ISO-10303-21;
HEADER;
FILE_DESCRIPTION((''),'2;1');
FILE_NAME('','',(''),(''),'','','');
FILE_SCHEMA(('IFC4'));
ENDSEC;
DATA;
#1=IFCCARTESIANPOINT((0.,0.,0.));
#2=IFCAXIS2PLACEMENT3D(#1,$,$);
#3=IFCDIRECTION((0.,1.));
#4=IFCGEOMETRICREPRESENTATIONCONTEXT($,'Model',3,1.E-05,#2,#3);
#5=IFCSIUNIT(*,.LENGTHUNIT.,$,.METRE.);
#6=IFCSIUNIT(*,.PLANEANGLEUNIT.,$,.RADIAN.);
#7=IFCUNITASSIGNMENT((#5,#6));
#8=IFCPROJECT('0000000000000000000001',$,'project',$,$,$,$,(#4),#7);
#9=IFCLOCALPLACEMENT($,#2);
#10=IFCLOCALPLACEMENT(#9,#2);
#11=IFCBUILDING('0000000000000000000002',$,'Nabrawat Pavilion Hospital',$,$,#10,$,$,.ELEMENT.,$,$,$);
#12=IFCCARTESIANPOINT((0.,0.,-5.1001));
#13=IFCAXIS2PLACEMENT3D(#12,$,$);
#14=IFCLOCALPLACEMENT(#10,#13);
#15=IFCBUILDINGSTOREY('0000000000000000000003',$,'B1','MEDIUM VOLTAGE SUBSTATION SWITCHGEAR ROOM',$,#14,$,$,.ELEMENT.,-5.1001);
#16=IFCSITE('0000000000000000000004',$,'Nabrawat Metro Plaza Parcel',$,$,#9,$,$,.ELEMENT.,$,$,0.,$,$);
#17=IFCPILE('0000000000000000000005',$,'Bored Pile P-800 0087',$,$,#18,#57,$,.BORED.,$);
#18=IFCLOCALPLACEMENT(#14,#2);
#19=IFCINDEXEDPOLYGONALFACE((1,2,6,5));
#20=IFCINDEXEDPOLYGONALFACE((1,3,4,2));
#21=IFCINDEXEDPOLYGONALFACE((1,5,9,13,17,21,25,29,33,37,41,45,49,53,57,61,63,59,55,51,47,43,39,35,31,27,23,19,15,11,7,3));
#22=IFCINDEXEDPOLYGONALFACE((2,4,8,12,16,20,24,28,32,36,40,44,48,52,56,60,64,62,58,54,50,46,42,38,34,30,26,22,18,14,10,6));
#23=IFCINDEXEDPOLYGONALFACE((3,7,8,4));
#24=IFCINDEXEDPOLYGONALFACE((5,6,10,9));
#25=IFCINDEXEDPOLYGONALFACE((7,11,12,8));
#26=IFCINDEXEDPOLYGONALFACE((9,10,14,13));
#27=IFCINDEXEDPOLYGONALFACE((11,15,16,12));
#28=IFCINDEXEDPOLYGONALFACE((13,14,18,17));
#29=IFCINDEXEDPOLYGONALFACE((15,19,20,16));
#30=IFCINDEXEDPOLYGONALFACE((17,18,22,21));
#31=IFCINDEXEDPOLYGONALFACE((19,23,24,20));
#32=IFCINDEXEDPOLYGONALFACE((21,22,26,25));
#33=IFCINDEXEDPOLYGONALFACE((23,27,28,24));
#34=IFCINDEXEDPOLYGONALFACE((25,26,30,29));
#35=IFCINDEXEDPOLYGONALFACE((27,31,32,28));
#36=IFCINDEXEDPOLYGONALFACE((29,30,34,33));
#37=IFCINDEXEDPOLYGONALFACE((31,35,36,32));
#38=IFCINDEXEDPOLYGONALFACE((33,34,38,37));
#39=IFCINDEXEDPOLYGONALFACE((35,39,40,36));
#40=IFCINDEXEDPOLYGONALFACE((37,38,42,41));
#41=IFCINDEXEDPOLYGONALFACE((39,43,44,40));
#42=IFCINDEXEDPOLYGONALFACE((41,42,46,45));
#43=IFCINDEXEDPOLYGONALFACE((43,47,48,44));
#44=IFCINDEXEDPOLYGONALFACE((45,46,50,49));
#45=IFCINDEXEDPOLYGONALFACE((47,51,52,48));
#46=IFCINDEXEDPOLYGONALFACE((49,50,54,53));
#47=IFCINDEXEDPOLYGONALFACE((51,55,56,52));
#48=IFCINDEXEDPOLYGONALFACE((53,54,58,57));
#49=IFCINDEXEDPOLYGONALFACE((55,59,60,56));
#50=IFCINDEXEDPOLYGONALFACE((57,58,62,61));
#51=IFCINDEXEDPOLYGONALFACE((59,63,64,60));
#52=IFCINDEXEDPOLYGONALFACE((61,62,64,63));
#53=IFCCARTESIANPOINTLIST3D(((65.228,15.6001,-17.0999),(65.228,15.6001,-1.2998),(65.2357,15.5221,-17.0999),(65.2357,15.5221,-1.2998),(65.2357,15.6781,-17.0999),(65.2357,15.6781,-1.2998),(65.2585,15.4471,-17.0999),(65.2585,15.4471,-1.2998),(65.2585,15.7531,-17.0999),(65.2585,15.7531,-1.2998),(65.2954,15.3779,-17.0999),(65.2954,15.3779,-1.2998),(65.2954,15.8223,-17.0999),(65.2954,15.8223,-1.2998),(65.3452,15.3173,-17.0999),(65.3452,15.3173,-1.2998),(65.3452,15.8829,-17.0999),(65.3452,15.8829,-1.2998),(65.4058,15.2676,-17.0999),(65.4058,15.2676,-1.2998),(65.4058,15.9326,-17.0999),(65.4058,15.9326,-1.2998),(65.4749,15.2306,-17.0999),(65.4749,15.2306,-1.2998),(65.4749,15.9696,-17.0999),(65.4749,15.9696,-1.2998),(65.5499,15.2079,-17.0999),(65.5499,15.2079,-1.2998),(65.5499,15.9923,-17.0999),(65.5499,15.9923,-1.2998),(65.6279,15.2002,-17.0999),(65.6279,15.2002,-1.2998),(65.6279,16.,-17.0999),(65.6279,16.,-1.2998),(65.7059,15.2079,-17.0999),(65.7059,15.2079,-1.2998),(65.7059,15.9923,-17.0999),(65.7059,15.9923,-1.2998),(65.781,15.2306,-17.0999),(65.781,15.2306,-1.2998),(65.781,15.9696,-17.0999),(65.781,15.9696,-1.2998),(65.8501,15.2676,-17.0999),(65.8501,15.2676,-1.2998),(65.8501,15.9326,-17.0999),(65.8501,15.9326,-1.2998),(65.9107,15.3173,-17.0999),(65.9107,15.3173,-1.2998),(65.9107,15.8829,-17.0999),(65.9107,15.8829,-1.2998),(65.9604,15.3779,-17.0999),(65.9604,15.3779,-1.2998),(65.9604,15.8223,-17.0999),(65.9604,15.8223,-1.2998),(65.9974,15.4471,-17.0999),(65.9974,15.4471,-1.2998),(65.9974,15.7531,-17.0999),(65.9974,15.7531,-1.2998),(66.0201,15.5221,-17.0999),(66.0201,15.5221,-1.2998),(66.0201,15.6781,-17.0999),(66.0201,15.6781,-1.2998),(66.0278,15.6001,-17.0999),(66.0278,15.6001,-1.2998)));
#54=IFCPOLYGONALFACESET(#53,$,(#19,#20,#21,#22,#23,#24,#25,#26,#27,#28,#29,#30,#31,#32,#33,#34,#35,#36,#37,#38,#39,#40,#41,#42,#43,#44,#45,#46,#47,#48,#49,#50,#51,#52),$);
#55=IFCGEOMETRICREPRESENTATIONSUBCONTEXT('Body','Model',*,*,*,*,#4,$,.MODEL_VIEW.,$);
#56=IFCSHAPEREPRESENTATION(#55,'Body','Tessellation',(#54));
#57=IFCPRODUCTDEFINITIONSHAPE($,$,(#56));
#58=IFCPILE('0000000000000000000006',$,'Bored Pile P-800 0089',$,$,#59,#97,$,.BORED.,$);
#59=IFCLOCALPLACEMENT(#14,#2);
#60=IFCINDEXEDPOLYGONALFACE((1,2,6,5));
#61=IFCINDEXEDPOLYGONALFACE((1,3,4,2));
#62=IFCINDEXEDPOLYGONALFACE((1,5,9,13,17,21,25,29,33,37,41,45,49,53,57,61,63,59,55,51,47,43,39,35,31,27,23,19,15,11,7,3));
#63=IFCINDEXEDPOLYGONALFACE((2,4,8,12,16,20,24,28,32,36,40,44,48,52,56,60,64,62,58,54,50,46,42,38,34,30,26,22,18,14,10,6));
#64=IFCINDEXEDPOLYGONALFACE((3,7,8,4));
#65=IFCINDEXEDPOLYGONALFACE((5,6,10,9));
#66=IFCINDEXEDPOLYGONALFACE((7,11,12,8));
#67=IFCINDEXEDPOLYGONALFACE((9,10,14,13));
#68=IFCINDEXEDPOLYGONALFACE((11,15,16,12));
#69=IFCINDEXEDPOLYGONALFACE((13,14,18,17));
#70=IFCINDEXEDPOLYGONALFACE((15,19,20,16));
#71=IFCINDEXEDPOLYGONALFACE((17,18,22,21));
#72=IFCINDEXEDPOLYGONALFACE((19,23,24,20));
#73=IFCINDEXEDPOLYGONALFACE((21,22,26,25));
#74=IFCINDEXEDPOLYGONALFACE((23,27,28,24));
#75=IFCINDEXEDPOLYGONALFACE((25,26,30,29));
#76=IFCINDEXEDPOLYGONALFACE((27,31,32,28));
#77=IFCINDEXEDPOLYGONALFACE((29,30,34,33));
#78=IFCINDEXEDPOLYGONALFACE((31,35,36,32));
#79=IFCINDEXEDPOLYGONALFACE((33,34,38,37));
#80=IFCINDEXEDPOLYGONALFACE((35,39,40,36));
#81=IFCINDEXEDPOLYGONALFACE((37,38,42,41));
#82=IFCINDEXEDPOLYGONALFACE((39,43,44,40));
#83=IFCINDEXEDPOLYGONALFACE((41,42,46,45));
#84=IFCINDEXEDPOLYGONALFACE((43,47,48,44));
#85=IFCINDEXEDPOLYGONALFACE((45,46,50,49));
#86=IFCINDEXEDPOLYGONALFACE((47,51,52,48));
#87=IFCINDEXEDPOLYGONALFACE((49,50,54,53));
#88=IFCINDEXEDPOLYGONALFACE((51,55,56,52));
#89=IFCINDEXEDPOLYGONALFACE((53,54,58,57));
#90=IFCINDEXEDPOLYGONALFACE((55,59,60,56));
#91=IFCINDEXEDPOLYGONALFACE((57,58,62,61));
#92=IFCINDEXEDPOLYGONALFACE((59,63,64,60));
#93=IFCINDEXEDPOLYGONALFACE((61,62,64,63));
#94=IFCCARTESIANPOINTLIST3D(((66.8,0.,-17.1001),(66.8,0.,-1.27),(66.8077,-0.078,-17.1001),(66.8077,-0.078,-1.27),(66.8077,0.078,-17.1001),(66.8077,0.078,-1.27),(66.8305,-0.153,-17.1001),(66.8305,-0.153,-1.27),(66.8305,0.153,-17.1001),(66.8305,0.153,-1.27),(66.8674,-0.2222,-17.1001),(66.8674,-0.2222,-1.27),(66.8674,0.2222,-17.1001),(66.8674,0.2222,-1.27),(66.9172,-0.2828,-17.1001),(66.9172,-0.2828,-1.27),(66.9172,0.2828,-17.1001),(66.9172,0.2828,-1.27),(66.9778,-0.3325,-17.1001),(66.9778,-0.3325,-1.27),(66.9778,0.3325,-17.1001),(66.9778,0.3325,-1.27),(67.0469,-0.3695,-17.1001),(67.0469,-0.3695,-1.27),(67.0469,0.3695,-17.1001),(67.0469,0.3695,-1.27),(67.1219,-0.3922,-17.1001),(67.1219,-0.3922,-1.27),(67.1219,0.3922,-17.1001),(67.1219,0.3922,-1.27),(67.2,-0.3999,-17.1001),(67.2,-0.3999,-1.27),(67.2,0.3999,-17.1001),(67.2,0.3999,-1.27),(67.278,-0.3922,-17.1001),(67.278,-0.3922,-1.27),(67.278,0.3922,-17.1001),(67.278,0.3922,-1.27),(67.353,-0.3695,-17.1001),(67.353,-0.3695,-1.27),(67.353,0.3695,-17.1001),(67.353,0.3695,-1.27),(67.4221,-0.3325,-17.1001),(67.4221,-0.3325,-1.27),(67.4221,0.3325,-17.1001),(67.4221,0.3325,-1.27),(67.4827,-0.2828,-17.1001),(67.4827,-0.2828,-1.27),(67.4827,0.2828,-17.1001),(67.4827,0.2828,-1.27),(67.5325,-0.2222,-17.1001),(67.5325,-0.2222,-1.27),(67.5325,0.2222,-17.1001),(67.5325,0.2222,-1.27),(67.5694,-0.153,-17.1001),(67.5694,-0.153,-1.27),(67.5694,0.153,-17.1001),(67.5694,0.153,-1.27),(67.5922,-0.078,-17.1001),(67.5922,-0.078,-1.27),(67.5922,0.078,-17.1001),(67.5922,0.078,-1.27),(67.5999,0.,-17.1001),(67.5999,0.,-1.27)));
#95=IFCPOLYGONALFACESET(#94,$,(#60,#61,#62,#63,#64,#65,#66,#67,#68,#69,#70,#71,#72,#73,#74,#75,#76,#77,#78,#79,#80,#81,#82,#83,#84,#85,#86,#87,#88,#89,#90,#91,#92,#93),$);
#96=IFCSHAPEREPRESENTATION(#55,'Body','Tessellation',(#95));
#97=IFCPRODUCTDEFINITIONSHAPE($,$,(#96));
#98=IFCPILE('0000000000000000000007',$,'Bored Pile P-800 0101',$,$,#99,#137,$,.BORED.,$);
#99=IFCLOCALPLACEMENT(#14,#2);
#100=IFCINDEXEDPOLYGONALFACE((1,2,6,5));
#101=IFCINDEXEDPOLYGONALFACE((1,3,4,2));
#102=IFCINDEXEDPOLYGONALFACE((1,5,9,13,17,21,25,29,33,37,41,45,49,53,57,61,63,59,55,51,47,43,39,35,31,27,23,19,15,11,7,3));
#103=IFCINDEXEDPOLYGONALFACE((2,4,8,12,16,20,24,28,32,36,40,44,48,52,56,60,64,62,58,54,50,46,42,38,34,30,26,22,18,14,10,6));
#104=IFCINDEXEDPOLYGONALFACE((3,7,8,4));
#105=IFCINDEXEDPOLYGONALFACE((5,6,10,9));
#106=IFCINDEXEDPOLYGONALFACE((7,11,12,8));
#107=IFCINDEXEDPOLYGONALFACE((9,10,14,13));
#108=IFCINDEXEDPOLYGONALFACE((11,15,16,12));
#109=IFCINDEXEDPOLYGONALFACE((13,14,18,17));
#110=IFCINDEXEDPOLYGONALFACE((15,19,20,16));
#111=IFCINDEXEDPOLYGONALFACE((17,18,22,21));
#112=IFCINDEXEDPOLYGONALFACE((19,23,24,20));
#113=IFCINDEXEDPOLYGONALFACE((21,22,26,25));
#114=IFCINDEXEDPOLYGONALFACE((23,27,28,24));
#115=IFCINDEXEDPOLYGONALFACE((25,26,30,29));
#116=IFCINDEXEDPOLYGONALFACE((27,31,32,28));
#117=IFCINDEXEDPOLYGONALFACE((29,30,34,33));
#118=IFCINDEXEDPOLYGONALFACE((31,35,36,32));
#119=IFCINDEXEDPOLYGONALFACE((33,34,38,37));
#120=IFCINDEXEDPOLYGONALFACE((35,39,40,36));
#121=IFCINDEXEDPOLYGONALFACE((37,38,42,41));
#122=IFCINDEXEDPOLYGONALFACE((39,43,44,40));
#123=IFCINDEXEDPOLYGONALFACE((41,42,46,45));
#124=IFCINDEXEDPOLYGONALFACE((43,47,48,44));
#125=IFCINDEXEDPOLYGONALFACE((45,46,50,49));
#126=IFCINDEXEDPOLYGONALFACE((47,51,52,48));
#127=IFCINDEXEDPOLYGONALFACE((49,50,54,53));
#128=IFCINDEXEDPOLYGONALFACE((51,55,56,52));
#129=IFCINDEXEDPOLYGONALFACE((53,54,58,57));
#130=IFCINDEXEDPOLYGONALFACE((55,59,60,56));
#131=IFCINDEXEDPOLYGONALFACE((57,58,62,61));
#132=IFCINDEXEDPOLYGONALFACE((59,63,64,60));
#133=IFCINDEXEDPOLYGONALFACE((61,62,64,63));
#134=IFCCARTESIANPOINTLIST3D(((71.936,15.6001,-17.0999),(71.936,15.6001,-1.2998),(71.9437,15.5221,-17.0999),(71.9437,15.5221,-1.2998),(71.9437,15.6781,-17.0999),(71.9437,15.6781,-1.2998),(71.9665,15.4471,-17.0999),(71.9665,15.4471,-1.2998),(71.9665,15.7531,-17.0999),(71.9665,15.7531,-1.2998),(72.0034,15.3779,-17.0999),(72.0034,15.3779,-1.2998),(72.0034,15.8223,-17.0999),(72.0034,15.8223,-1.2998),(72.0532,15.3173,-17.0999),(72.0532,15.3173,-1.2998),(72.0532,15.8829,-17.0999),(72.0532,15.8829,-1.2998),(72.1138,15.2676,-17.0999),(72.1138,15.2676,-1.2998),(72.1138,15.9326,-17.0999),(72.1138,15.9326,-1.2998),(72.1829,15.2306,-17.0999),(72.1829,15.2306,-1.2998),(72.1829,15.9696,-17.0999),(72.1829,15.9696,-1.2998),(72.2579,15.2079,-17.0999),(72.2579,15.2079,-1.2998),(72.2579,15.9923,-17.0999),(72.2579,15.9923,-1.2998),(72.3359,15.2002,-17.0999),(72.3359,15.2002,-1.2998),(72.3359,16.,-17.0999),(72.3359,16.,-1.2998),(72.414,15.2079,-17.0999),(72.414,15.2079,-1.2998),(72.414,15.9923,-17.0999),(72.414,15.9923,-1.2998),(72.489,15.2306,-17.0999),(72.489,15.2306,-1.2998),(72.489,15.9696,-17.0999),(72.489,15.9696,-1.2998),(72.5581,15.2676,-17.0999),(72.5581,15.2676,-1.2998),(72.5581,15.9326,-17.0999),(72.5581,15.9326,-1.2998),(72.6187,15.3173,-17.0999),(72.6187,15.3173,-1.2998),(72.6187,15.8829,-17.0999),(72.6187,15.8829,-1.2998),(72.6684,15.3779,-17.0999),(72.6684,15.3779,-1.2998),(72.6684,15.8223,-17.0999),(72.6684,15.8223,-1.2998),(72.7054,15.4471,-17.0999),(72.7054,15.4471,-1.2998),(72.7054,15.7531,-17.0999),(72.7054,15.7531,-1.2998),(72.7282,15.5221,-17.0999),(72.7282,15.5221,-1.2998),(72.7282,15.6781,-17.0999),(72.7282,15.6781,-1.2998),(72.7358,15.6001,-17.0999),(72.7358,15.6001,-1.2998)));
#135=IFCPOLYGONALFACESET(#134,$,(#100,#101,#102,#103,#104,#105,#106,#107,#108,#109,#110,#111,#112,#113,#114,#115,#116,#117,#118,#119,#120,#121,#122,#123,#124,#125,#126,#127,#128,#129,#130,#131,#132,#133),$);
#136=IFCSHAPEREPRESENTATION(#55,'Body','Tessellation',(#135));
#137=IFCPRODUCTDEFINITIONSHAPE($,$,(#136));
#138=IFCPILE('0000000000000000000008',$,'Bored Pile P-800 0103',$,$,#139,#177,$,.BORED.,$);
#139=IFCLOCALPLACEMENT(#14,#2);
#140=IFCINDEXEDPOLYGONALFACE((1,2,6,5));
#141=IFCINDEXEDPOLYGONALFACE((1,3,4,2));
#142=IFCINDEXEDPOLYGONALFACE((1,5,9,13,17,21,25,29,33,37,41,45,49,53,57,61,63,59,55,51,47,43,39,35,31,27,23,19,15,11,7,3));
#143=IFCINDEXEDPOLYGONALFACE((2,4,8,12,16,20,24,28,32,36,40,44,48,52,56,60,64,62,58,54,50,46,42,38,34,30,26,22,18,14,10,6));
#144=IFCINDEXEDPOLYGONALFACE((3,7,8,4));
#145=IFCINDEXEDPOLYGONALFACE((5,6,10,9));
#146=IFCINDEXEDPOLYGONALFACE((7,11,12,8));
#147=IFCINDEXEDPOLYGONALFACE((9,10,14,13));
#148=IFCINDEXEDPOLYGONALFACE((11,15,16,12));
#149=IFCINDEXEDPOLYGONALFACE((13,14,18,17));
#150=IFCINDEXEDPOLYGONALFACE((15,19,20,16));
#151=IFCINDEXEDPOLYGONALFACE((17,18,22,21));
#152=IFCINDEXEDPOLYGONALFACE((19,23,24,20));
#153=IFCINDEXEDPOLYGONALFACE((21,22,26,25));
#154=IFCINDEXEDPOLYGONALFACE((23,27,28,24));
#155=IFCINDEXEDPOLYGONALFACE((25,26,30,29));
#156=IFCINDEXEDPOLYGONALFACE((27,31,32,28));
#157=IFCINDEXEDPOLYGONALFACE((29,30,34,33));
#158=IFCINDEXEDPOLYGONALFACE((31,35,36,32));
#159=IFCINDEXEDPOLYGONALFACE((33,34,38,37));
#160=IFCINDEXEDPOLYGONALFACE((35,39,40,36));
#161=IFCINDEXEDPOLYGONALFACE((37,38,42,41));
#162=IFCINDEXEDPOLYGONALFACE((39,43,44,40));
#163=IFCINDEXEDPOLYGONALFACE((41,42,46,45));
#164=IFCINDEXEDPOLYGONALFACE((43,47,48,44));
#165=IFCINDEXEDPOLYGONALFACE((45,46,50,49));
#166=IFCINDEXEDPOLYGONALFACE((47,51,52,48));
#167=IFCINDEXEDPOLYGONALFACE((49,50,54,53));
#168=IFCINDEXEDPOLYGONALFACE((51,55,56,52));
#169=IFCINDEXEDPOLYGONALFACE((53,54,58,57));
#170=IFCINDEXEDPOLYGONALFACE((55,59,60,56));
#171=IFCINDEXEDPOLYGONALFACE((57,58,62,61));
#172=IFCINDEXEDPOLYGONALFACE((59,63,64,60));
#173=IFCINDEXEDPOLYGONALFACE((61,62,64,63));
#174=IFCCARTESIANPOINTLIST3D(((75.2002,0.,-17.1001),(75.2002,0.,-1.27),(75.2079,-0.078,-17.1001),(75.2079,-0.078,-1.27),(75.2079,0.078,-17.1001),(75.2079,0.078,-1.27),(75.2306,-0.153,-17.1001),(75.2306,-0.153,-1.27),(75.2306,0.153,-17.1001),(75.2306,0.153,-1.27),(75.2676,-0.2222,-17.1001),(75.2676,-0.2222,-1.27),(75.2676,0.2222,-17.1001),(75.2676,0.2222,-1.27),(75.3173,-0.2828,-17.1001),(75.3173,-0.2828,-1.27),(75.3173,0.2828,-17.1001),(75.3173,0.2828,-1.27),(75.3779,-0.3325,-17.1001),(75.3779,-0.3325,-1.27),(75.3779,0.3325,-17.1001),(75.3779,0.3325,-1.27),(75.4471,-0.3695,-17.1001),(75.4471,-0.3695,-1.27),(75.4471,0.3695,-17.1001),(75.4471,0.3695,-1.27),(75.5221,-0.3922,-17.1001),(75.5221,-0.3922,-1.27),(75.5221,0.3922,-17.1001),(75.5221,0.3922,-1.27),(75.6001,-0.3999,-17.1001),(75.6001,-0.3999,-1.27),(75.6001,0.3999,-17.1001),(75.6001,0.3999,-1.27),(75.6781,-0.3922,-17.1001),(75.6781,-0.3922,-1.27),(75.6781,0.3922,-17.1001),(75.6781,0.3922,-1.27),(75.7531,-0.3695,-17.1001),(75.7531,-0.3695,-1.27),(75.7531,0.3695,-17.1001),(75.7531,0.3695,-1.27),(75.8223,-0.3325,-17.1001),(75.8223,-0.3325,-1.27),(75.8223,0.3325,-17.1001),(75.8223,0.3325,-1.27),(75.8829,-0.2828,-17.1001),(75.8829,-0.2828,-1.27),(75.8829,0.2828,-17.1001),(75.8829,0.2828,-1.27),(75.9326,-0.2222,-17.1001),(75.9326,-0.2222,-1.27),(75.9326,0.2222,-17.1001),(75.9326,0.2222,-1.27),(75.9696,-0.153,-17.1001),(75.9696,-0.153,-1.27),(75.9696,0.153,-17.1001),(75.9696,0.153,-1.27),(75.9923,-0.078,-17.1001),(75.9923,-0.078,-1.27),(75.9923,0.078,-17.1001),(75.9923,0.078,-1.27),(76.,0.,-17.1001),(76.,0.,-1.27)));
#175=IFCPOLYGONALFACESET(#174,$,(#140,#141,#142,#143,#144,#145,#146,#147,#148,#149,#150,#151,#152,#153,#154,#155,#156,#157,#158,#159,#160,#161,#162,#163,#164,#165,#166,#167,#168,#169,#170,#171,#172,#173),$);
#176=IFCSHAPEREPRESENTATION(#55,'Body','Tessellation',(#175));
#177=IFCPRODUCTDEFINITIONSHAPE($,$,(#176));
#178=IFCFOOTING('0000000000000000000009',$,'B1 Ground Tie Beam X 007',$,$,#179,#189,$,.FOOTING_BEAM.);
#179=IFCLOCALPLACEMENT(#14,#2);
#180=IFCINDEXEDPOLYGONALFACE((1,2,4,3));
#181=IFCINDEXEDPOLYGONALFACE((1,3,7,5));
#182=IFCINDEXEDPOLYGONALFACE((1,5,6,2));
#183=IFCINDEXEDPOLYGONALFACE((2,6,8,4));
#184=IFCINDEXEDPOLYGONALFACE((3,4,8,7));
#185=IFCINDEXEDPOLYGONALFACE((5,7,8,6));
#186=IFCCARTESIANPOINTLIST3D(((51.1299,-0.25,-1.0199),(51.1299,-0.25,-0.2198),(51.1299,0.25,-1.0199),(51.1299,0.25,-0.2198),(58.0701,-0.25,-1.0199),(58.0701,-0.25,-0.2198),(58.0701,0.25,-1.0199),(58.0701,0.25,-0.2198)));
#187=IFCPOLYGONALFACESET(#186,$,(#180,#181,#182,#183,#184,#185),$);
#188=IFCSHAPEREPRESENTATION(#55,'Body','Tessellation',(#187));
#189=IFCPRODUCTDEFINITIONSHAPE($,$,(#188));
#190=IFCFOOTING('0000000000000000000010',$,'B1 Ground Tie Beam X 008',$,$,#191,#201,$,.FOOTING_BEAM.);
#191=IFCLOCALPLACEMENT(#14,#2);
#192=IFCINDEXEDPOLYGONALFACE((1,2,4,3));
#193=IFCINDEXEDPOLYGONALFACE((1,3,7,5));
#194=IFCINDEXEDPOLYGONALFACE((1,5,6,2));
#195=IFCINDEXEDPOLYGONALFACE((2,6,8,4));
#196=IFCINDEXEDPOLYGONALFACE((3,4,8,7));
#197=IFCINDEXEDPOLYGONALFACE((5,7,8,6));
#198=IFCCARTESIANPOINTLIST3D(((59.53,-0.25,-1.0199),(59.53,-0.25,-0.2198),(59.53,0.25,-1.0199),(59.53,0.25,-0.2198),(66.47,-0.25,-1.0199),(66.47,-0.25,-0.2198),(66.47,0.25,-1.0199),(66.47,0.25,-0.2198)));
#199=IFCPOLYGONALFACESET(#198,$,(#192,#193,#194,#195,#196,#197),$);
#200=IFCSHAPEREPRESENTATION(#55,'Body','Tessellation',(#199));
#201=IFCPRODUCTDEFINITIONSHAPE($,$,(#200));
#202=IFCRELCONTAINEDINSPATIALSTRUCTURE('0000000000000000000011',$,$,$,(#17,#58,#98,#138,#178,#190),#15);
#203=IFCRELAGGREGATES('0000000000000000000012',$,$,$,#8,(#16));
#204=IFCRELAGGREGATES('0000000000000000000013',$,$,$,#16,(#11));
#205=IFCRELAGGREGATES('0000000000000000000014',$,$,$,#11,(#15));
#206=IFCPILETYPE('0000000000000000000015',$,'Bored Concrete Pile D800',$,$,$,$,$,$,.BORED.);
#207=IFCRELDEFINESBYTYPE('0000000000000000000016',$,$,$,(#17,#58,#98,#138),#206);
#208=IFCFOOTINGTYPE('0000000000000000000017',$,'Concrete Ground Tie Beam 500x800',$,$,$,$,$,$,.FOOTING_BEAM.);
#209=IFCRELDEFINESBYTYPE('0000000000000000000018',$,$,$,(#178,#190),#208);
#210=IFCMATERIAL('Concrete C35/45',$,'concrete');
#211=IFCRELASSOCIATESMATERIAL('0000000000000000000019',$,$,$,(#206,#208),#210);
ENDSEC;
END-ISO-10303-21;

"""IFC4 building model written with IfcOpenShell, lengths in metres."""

from ifc_helpers import new_model, si_unit, direction, frame, origin, origin_2d, place, context, subcontext, project, spatial, rectangle, circle, extrude, material, material_profile, profile_set, type_object, element, save


model = new_model("IFC4")

# Units and contexts
model_context = context("Model", 3, precision=1e-05, world=origin(), true_north=direction((0.0, 1.0)))
body_context = subcontext(model_context, "Body", "Model", "MODEL_VIEW")
ifc_project = project(units=[si_unit("LENGTHUNIT", "METRE"), si_unit("PLANEANGLEUNIT", "RADIAN")], contexts=[model_context])

# Site, building, storey
site_placement = place(None, origin())
site = spatial("IfcSite", under=ifc_project, at=site_placement, Name="Nabrawat Metro Plaza Parcel", CompositionType="ELEMENT", RefElevation=0.0)
building_placement = place(site_placement, origin())
building = spatial("IfcBuilding", under=site, at=building_placement, Name="Nabrawat Pavilion Hospital", CompositionType="ELEMENT")
storey_placement = place(building_placement, frame((0.0, 0.0, -5.1001)))
storey = spatial("IfcBuildingStorey", under=building, at=storey_placement, Name="B1", Description="MEDIUM VOLTAGE SUBSTATION SWITCHGEAR ROOM", CompositionType="ELEMENT", Elevation=-5.1001)

# Piles
ifc_material_1 = material(Name="Concrete C35/45", Category="concrete")
ifc_material_profile_1 = material_profile(ifc_material_1, circle(Radius=0.3999, at=origin_2d()), Name="DIA 800")
ifc_profile_set_1 = profile_set([ifc_material_profile_1], Name="Concrete C35/45")
pile_type_1 = type_object("IfcPileType", Name="Bored Concrete Pile D800", PredefinedType="BORED", material=ifc_profile_set_1)
for number, where, z_axis, x_axis, name in (
    (1, (65.6279, 15.6001, -1.2998), (0.0, 0.0, -1.0), (1.0, 0.0, 0.0), "Bored Pile P-800 0087"),
):
    element("IfcPile", number, at=place(storey_placement, frame(where, z_axis=z_axis, x_axis=x_axis)), inside=storey, type_object=pile_type_1, Name=name, PredefinedType="BORED", context=body_context, shape_type="SweptSolid", body=[
        extrude(circle(Radius=0.3999, at=origin_2d()), origin(), (0.0, 0.0, 1.0), 15.8),
    ])
pile_1_placement = place(storey_placement, frame((67.2, 0.0, -1.27), z_axis=(0.0, 0.0, -1.0), x_axis=(1.0, 0.0, 0.0)))
element("IfcPile", 2, at=pile_1_placement, inside=storey, type_object=pile_type_1, Name="Bored Pile P-800 0089", PredefinedType="BORED", context=body_context, shape_type="SweptSolid", body=[
    extrude(circle(Radius=0.3999, at=origin_2d()), origin(), (0.0, 0.0, 1.0), 15.8301),
])
pile_2_placement = place(storey_placement, frame((72.3359, 15.6001, -1.2998), z_axis=(0.0, 0.0, -1.0), x_axis=(1.0, 0.0, 0.0)))
element("IfcPile", 3, at=pile_2_placement, inside=storey, type_object=pile_type_1, Name="Bored Pile P-800 0101", PredefinedType="BORED", context=body_context, shape_type="SweptSolid", body=[
    extrude(circle(Radius=0.3999, at=origin_2d()), origin(), (0.0, 0.0, 1.0), 15.8),
])
pile_3_placement = place(storey_placement, frame((75.6001, 0.0, -1.27), z_axis=(0.0, 0.0, -1.0), x_axis=(1.0, 0.0, 0.0)))
element("IfcPile", 4, at=pile_3_placement, inside=storey, type_object=pile_type_1, Name="Bored Pile P-800 0103", PredefinedType="BORED", context=body_context, shape_type="SweptSolid", body=[
    extrude(circle(Radius=0.3999, at=origin_2d()), origin(), (0.0, 0.0, 1.0), 15.8301),
])

# Footings
ifc_material_profile_2 = material_profile(ifc_material_1, rectangle(XDim=0.5, YDim=0.8, at=origin_2d()), Name="RC 500x800")
ifc_profile_set_2 = profile_set([ifc_material_profile_2], Name="Concrete C35/45")
footing_type = type_object("IfcFootingType", Name="Concrete Ground Tie Beam 500x800", PredefinedType="FOOTING_BEAM", material=ifc_profile_set_2)
footing_1_placement = place(storey_placement, frame((51.1299, 0.0, -0.6199), z_axis=(1.0, 0.0, 0.0), x_axis=(0.0, 1.0, 0.0)))
element("IfcFooting", 5, at=footing_1_placement, inside=storey, type_object=footing_type, Name="B1 Ground Tie Beam X 007", PredefinedType="FOOTING_BEAM", context=body_context, shape_type="SweptSolid", body=[
    extrude(rectangle(XDim=0.5, YDim=0.8, at=origin_2d()), origin(), (0.0, 0.0, 1.0), 6.9402),
])
footing_2_placement = place(storey_placement, frame((59.53, 0.0, -0.6199), z_axis=(1.0, 0.0, 0.0), x_axis=(0.0, 1.0, 0.0)))
element("IfcFooting", 6, at=footing_2_placement, inside=storey, type_object=footing_type, Name="B1 Ground Tie Beam X 008", PredefinedType="FOOTING_BEAM", context=body_context, shape_type="SweptSolid", body=[
    extrude(rectangle(XDim=0.5, YDim=0.8, at=origin_2d()), origin(), (0.0, 0.0, 1.0), 6.9399),
])

save(model, "model.ifc")
